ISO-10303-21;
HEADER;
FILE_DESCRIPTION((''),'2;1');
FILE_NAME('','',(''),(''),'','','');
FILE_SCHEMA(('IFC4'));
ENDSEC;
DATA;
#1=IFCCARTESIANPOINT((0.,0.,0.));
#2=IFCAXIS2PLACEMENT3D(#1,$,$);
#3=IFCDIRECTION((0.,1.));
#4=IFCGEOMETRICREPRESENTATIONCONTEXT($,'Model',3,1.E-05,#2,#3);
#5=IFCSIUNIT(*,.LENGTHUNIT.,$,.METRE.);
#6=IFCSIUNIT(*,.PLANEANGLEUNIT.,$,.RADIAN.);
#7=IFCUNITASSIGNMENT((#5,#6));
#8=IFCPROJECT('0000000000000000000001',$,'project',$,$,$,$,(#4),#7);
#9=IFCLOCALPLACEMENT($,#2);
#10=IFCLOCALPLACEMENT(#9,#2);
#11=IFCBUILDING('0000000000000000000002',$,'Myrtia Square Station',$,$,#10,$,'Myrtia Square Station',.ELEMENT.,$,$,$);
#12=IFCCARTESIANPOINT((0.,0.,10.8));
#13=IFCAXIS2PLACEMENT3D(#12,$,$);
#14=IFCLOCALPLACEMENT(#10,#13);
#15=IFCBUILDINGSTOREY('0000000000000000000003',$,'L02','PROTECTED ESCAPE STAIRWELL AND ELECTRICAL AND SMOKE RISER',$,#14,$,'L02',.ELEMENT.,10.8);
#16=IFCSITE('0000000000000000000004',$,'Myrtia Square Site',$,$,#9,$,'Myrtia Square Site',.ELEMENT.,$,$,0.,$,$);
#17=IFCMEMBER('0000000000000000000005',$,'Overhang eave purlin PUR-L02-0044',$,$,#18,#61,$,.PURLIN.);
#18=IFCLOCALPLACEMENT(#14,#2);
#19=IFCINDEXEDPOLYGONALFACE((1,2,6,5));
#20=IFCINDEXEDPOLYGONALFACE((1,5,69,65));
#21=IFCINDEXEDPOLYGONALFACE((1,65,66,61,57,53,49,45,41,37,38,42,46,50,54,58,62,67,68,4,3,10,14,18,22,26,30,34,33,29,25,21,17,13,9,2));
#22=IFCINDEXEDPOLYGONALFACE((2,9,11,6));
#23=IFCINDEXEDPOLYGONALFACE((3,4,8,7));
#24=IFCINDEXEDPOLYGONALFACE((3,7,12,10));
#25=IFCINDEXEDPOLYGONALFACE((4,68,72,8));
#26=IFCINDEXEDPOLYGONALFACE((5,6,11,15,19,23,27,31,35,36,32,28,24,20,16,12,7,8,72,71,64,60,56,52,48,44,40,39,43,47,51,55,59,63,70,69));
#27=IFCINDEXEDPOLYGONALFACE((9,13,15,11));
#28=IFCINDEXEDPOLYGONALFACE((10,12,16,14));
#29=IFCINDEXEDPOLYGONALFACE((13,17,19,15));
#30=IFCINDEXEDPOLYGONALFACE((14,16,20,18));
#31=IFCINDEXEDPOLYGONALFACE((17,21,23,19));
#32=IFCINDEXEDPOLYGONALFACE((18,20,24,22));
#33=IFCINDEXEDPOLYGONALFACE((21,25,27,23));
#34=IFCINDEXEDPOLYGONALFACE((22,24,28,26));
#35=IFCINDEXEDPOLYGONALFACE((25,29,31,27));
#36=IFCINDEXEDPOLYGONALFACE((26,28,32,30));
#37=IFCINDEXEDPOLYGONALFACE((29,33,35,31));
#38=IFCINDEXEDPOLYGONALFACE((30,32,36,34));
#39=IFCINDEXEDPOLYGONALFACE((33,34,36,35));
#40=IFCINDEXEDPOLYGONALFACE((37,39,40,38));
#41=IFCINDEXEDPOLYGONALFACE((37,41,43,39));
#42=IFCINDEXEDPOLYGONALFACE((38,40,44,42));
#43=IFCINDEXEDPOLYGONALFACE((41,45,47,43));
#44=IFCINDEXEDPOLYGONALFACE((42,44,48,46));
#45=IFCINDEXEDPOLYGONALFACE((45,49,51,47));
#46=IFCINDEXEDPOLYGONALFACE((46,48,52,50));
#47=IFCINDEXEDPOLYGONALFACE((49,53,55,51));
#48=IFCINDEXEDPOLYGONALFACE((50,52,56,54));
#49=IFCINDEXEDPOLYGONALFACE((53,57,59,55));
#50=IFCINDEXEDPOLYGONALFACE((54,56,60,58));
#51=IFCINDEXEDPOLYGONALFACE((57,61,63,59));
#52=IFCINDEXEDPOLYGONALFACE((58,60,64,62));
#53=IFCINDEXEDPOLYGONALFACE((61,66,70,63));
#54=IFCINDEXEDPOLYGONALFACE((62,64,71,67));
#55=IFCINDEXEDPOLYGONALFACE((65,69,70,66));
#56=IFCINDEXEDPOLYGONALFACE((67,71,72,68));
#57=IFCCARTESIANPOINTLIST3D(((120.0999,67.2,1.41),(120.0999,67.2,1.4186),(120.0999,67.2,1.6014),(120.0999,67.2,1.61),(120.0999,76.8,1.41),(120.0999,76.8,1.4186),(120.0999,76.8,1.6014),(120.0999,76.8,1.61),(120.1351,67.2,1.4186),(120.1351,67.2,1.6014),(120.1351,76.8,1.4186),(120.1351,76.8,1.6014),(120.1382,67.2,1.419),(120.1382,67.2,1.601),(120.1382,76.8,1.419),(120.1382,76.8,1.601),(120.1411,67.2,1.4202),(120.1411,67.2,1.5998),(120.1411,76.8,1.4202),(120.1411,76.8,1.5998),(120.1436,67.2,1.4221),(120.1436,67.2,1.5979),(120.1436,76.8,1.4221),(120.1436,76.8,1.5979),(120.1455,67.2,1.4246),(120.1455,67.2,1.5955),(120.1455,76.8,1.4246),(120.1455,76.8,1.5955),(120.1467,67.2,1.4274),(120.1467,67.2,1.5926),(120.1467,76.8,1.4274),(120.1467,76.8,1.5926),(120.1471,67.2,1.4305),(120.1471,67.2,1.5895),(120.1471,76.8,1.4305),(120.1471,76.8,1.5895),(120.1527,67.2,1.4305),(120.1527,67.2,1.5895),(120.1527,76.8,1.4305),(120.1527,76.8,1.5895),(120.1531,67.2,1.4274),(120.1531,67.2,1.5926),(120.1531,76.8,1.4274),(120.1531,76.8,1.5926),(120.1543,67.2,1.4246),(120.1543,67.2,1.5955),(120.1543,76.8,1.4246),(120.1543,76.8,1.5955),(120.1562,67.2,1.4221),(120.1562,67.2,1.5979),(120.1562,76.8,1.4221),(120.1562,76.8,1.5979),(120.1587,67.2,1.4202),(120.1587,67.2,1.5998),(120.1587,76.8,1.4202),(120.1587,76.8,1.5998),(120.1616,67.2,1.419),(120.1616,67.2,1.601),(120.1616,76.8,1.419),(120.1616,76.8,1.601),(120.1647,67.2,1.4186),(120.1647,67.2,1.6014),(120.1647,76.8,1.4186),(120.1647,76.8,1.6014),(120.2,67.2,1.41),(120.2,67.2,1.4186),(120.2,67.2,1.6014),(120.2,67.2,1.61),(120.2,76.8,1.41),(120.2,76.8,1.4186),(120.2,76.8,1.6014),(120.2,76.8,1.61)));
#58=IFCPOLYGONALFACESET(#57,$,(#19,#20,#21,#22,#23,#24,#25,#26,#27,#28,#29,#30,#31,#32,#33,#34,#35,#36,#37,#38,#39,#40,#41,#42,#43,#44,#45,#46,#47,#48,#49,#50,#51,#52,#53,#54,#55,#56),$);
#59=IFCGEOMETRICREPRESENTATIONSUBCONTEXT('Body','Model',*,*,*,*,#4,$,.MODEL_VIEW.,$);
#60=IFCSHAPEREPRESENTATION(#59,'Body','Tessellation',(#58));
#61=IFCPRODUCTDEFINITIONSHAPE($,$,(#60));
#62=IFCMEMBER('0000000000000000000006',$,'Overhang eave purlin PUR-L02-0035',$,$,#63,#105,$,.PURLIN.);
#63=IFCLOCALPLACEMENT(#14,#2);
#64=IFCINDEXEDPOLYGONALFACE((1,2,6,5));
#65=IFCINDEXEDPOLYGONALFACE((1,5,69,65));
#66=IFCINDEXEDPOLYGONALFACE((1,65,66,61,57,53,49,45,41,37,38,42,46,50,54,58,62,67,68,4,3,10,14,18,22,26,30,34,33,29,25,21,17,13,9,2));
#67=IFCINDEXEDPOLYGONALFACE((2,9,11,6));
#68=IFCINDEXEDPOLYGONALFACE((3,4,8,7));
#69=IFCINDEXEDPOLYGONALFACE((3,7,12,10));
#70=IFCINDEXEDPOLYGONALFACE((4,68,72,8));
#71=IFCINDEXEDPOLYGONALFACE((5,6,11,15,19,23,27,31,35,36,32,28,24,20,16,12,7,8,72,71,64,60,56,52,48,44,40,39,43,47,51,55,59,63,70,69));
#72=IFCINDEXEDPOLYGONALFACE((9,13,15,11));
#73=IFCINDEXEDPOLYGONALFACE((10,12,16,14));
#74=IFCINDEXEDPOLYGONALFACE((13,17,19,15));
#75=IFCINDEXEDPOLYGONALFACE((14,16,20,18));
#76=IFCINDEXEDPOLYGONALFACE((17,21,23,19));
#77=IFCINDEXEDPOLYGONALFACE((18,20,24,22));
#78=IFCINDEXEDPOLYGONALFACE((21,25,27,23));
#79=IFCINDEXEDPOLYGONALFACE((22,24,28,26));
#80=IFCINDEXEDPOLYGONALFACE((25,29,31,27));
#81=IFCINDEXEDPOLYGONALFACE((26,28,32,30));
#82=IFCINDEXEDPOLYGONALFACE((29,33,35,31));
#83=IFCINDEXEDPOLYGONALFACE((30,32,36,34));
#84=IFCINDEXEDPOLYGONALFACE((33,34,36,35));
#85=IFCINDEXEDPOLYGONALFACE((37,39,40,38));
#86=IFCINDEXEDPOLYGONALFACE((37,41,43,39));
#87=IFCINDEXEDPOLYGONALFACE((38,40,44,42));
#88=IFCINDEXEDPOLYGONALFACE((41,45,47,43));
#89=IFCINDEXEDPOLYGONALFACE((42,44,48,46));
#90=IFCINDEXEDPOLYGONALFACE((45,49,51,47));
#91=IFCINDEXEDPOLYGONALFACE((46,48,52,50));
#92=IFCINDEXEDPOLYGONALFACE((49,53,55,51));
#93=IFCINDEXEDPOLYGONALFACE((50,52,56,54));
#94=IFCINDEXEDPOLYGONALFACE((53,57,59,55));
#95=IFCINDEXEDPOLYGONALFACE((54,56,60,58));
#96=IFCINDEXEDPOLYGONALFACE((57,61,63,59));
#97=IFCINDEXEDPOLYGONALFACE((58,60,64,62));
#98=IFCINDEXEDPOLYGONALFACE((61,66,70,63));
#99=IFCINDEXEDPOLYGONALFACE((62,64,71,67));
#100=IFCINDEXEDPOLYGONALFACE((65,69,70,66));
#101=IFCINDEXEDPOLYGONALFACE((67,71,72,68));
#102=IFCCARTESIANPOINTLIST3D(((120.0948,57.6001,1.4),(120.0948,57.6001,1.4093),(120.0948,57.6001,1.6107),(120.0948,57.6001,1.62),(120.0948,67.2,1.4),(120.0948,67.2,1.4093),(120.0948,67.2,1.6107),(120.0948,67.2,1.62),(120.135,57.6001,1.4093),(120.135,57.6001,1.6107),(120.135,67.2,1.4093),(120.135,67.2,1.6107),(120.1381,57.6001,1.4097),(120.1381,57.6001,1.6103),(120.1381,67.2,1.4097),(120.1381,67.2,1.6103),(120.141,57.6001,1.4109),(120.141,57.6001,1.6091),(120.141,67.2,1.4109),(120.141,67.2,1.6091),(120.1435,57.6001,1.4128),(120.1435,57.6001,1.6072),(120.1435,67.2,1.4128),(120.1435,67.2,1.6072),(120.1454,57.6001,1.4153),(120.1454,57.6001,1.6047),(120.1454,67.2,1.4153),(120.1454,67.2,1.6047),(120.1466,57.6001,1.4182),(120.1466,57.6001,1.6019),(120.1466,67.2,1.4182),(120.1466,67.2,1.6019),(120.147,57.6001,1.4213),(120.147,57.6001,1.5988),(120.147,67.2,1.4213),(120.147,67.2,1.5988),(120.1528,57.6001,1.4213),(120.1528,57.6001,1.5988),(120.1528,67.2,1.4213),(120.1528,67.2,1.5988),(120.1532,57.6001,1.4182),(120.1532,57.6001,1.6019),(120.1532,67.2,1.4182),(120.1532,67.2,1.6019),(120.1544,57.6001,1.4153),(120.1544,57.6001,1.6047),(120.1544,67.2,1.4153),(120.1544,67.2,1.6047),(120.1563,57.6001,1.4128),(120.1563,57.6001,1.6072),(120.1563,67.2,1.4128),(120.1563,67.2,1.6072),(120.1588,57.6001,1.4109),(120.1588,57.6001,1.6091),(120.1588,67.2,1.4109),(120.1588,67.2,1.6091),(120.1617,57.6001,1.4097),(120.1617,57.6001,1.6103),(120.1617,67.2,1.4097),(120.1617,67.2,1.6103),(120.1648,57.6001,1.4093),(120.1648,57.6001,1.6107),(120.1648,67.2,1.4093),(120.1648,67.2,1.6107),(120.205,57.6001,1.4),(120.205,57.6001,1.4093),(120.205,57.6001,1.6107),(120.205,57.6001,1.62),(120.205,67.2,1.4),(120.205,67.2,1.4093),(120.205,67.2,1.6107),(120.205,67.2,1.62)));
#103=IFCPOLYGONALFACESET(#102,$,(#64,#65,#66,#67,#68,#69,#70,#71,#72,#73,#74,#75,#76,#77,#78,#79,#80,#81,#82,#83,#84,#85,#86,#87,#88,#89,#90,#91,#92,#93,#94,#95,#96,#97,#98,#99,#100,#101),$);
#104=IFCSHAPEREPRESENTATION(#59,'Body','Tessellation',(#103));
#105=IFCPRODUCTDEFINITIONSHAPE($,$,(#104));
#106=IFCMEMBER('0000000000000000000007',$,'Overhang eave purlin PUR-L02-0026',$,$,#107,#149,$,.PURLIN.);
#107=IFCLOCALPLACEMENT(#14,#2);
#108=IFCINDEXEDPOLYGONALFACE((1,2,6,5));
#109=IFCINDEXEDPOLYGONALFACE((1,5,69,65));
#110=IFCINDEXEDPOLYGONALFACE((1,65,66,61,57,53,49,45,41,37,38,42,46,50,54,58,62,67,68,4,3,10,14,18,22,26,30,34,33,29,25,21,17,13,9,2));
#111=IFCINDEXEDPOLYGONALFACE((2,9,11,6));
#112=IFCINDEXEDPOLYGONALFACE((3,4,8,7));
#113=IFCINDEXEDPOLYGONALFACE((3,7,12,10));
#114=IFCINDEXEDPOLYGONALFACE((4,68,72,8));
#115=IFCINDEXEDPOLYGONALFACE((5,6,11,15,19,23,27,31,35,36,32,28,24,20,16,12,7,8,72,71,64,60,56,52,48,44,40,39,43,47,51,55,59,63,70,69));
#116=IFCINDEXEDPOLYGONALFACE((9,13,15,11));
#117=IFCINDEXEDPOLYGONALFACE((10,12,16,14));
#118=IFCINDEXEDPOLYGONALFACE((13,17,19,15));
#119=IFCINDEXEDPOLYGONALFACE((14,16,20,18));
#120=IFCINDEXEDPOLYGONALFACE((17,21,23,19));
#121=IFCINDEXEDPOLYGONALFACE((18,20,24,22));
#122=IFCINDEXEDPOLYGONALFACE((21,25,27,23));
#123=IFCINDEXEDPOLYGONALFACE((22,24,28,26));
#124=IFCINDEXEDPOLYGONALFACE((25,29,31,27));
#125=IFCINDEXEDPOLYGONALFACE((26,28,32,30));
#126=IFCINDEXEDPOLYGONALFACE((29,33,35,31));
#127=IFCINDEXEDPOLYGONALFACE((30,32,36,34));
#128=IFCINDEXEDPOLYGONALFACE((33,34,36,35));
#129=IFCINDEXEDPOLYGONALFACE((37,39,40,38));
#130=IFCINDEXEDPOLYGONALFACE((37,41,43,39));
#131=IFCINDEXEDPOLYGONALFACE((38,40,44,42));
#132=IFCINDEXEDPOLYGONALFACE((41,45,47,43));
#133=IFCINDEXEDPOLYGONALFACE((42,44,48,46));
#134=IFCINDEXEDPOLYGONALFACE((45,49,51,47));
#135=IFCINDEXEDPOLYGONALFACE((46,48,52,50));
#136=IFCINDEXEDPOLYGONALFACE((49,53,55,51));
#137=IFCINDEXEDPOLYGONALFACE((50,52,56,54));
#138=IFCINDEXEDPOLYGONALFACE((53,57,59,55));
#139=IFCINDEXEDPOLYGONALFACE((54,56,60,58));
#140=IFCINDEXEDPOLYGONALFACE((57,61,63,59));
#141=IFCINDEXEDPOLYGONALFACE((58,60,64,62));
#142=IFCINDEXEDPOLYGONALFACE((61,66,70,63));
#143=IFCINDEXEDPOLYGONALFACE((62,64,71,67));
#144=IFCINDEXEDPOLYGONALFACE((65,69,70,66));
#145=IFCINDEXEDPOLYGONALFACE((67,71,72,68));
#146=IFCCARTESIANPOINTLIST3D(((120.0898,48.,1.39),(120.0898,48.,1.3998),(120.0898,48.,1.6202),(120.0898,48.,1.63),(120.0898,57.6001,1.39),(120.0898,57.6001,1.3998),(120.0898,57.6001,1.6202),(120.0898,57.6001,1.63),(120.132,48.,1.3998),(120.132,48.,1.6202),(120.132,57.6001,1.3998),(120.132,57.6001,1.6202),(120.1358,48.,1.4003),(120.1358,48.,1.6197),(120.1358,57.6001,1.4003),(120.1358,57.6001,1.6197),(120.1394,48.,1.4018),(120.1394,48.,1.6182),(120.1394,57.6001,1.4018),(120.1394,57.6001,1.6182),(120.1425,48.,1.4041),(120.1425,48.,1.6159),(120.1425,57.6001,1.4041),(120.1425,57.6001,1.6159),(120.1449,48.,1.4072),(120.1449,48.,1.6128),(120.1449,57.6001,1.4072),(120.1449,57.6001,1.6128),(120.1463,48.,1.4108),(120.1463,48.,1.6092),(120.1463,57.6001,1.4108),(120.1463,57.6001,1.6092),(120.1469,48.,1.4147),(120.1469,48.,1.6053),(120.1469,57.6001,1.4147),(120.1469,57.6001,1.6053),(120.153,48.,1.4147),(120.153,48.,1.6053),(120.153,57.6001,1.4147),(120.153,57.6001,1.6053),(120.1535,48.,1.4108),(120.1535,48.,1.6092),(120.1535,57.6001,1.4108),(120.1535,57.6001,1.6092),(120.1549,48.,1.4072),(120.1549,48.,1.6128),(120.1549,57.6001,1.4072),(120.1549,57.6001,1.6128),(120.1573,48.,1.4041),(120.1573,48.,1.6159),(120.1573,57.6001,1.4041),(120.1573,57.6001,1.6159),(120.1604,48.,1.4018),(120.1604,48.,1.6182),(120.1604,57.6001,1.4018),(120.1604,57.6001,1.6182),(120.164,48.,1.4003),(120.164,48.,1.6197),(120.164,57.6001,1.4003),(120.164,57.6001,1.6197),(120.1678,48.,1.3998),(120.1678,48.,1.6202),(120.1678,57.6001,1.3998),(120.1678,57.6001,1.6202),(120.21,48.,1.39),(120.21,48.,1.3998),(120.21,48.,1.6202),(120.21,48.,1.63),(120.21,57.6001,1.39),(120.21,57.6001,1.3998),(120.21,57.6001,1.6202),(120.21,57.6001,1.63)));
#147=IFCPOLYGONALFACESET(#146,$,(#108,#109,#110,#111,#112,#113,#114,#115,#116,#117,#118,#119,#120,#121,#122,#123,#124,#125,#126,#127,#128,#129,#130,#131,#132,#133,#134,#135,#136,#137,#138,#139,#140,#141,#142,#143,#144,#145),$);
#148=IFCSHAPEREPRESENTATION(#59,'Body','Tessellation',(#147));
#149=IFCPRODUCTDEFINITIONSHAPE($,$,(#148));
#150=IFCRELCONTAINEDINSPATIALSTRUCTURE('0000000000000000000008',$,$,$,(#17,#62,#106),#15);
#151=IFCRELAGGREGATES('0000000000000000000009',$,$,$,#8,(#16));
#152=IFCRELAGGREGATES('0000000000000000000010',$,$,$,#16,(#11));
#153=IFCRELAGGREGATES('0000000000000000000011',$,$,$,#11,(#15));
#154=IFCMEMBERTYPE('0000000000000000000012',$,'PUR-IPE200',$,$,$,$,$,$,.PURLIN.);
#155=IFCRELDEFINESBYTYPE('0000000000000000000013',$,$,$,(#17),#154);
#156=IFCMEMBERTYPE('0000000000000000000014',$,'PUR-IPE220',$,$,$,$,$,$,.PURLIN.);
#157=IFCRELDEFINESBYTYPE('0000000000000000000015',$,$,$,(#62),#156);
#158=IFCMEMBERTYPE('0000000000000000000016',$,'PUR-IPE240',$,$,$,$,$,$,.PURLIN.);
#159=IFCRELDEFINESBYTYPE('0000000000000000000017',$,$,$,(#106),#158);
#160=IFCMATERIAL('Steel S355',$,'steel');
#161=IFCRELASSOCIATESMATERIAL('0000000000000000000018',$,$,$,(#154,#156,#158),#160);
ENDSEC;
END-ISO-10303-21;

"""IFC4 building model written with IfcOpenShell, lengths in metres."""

from ifc_helpers import new_model, si_unit, direction, frame, origin, origin_2d, place, context, subcontext, project, spatial, i_section, extrude, material, material_profile, profile_set, type_object, element, save


model = new_model("IFC4")

# Units and contexts
model_context = context("Model", 3, precision=1e-05, world=origin(), true_north=direction((0.0, 1.0)))
body_context = subcontext(model_context, "Body", "Model", "MODEL_VIEW")
ifc_project = project(units=[si_unit("LENGTHUNIT", "METRE"), si_unit("PLANEANGLEUNIT", "RADIAN")], contexts=[model_context])

# Site, building, storey
site_placement = place(None, origin())
site = spatial("IfcSite", under=ifc_project, at=site_placement, Name="Myrtia Square Site", LongName="Myrtia Square Site", CompositionType="ELEMENT", RefElevation=0.0)
building_placement = place(site_placement, origin())
building = spatial("IfcBuilding", under=site, at=building_placement, Name="Myrtia Square Station", LongName="Myrtia Square Station", CompositionType="ELEMENT")
storey_placement = place(building_placement, frame((0.0, 0.0, 10.8)))
storey = spatial("IfcBuildingStorey", under=building, at=storey_placement, Name="L02", Description="PROTECTED ESCAPE STAIRWELL AND ELECTRICAL AND SMOKE RISER", LongName="L02", CompositionType="ELEMENT", Elevation=10.8)

# Shared definitions
ifc_material_1 = material(Name="Steel S355", Category="steel")

# Members
ifc_material_profile_1 = material_profile(ifc_material_1, i_section(OverallWidth=0.1001, OverallDepth=0.2, WebThickness=0.0056, FlangeThickness=0.0085, FilletRadius=0.012, at=origin_2d()), Name="IPE 200")
ifc_profile_set_1 = profile_set([ifc_material_profile_1], Name="Steel S355")
member_type_1 = type_object("IfcMemberType", Name="PUR-IPE200", PredefinedType="PURLIN", material=ifc_profile_set_1)
member_1_placement = place(storey_placement, frame((120.1499, 67.2, 1.51), z_axis=(0.0, 1.0, 0.0), x_axis=(-1.0, 0.0, 0.0)))
element("IfcMember", 1, at=member_1_placement, inside=storey, type_object=member_type_1, Name="Overhang eave purlin PUR-L02-0044", PredefinedType="PURLIN", context=body_context, shape_type="SweptSolid", body=[
    extrude(i_section(OverallWidth=0.1001, OverallDepth=0.2, WebThickness=0.0056, FlangeThickness=0.0085, FilletRadius=0.012, at=origin_2d()), origin(), (0.0, 0.0, 1.0), 9.6001),
])
ifc_material_profile_2 = material_profile(ifc_material_1, i_section(OverallWidth=0.1101, OverallDepth=0.22, WebThickness=0.0059, FlangeThickness=0.0093, FilletRadius=0.012, at=origin_2d()), Name="IPE 220")
ifc_profile_set_2 = profile_set([ifc_material_profile_2], Name="Steel S355")
member_type_2 = type_object("IfcMemberType", Name="PUR-IPE220", PredefinedType="PURLIN", material=ifc_profile_set_2)
member_2_placement = place(storey_placement, frame((120.1499, 57.6001, 1.51), z_axis=(0.0, 1.0, 0.0), x_axis=(-1.0, 0.0, 0.0)))
element("IfcMember", 2, at=member_2_placement, inside=storey, type_object=member_type_2, Name="Overhang eave purlin PUR-L02-0035", PredefinedType="PURLIN", context=body_context, shape_type="SweptSolid", body=[
    extrude(i_section(OverallWidth=0.1101, OverallDepth=0.22, WebThickness=0.0059, FlangeThickness=0.0093, FilletRadius=0.012, at=origin_2d()), origin(), (0.0, 0.0, 1.0), 9.5999),
])
ifc_material_profile_3 = material_profile(ifc_material_1, i_section(OverallWidth=0.1201, OverallDepth=0.24, WebThickness=0.0061, FlangeThickness=0.0098, FilletRadius=0.0149, at=origin_2d()), Name="IPE 240")
ifc_profile_set_3 = profile_set([ifc_material_profile_3], Name="Steel S355")
member_type_3 = type_object("IfcMemberType", Name="PUR-IPE240", PredefinedType="PURLIN", material=ifc_profile_set_3)
member_3_placement = place(storey_placement, frame((120.1499, 48.0, 1.51), z_axis=(0.0, 1.0, 0.0), x_axis=(-1.0, 0.0, 0.0)))
element("IfcMember", 3, at=member_3_placement, inside=storey, type_object=member_type_3, Name="Overhang eave purlin PUR-L02-0026", PredefinedType="PURLIN", context=body_context, shape_type="SweptSolid", body=[
    extrude(i_section(OverallWidth=0.1201, OverallDepth=0.24, WebThickness=0.0061, FlangeThickness=0.0098, FilletRadius=0.0149, at=origin_2d()), origin(), (0.0, 0.0, 1.0), 9.6001),
])

save(model, "model.ifc")
